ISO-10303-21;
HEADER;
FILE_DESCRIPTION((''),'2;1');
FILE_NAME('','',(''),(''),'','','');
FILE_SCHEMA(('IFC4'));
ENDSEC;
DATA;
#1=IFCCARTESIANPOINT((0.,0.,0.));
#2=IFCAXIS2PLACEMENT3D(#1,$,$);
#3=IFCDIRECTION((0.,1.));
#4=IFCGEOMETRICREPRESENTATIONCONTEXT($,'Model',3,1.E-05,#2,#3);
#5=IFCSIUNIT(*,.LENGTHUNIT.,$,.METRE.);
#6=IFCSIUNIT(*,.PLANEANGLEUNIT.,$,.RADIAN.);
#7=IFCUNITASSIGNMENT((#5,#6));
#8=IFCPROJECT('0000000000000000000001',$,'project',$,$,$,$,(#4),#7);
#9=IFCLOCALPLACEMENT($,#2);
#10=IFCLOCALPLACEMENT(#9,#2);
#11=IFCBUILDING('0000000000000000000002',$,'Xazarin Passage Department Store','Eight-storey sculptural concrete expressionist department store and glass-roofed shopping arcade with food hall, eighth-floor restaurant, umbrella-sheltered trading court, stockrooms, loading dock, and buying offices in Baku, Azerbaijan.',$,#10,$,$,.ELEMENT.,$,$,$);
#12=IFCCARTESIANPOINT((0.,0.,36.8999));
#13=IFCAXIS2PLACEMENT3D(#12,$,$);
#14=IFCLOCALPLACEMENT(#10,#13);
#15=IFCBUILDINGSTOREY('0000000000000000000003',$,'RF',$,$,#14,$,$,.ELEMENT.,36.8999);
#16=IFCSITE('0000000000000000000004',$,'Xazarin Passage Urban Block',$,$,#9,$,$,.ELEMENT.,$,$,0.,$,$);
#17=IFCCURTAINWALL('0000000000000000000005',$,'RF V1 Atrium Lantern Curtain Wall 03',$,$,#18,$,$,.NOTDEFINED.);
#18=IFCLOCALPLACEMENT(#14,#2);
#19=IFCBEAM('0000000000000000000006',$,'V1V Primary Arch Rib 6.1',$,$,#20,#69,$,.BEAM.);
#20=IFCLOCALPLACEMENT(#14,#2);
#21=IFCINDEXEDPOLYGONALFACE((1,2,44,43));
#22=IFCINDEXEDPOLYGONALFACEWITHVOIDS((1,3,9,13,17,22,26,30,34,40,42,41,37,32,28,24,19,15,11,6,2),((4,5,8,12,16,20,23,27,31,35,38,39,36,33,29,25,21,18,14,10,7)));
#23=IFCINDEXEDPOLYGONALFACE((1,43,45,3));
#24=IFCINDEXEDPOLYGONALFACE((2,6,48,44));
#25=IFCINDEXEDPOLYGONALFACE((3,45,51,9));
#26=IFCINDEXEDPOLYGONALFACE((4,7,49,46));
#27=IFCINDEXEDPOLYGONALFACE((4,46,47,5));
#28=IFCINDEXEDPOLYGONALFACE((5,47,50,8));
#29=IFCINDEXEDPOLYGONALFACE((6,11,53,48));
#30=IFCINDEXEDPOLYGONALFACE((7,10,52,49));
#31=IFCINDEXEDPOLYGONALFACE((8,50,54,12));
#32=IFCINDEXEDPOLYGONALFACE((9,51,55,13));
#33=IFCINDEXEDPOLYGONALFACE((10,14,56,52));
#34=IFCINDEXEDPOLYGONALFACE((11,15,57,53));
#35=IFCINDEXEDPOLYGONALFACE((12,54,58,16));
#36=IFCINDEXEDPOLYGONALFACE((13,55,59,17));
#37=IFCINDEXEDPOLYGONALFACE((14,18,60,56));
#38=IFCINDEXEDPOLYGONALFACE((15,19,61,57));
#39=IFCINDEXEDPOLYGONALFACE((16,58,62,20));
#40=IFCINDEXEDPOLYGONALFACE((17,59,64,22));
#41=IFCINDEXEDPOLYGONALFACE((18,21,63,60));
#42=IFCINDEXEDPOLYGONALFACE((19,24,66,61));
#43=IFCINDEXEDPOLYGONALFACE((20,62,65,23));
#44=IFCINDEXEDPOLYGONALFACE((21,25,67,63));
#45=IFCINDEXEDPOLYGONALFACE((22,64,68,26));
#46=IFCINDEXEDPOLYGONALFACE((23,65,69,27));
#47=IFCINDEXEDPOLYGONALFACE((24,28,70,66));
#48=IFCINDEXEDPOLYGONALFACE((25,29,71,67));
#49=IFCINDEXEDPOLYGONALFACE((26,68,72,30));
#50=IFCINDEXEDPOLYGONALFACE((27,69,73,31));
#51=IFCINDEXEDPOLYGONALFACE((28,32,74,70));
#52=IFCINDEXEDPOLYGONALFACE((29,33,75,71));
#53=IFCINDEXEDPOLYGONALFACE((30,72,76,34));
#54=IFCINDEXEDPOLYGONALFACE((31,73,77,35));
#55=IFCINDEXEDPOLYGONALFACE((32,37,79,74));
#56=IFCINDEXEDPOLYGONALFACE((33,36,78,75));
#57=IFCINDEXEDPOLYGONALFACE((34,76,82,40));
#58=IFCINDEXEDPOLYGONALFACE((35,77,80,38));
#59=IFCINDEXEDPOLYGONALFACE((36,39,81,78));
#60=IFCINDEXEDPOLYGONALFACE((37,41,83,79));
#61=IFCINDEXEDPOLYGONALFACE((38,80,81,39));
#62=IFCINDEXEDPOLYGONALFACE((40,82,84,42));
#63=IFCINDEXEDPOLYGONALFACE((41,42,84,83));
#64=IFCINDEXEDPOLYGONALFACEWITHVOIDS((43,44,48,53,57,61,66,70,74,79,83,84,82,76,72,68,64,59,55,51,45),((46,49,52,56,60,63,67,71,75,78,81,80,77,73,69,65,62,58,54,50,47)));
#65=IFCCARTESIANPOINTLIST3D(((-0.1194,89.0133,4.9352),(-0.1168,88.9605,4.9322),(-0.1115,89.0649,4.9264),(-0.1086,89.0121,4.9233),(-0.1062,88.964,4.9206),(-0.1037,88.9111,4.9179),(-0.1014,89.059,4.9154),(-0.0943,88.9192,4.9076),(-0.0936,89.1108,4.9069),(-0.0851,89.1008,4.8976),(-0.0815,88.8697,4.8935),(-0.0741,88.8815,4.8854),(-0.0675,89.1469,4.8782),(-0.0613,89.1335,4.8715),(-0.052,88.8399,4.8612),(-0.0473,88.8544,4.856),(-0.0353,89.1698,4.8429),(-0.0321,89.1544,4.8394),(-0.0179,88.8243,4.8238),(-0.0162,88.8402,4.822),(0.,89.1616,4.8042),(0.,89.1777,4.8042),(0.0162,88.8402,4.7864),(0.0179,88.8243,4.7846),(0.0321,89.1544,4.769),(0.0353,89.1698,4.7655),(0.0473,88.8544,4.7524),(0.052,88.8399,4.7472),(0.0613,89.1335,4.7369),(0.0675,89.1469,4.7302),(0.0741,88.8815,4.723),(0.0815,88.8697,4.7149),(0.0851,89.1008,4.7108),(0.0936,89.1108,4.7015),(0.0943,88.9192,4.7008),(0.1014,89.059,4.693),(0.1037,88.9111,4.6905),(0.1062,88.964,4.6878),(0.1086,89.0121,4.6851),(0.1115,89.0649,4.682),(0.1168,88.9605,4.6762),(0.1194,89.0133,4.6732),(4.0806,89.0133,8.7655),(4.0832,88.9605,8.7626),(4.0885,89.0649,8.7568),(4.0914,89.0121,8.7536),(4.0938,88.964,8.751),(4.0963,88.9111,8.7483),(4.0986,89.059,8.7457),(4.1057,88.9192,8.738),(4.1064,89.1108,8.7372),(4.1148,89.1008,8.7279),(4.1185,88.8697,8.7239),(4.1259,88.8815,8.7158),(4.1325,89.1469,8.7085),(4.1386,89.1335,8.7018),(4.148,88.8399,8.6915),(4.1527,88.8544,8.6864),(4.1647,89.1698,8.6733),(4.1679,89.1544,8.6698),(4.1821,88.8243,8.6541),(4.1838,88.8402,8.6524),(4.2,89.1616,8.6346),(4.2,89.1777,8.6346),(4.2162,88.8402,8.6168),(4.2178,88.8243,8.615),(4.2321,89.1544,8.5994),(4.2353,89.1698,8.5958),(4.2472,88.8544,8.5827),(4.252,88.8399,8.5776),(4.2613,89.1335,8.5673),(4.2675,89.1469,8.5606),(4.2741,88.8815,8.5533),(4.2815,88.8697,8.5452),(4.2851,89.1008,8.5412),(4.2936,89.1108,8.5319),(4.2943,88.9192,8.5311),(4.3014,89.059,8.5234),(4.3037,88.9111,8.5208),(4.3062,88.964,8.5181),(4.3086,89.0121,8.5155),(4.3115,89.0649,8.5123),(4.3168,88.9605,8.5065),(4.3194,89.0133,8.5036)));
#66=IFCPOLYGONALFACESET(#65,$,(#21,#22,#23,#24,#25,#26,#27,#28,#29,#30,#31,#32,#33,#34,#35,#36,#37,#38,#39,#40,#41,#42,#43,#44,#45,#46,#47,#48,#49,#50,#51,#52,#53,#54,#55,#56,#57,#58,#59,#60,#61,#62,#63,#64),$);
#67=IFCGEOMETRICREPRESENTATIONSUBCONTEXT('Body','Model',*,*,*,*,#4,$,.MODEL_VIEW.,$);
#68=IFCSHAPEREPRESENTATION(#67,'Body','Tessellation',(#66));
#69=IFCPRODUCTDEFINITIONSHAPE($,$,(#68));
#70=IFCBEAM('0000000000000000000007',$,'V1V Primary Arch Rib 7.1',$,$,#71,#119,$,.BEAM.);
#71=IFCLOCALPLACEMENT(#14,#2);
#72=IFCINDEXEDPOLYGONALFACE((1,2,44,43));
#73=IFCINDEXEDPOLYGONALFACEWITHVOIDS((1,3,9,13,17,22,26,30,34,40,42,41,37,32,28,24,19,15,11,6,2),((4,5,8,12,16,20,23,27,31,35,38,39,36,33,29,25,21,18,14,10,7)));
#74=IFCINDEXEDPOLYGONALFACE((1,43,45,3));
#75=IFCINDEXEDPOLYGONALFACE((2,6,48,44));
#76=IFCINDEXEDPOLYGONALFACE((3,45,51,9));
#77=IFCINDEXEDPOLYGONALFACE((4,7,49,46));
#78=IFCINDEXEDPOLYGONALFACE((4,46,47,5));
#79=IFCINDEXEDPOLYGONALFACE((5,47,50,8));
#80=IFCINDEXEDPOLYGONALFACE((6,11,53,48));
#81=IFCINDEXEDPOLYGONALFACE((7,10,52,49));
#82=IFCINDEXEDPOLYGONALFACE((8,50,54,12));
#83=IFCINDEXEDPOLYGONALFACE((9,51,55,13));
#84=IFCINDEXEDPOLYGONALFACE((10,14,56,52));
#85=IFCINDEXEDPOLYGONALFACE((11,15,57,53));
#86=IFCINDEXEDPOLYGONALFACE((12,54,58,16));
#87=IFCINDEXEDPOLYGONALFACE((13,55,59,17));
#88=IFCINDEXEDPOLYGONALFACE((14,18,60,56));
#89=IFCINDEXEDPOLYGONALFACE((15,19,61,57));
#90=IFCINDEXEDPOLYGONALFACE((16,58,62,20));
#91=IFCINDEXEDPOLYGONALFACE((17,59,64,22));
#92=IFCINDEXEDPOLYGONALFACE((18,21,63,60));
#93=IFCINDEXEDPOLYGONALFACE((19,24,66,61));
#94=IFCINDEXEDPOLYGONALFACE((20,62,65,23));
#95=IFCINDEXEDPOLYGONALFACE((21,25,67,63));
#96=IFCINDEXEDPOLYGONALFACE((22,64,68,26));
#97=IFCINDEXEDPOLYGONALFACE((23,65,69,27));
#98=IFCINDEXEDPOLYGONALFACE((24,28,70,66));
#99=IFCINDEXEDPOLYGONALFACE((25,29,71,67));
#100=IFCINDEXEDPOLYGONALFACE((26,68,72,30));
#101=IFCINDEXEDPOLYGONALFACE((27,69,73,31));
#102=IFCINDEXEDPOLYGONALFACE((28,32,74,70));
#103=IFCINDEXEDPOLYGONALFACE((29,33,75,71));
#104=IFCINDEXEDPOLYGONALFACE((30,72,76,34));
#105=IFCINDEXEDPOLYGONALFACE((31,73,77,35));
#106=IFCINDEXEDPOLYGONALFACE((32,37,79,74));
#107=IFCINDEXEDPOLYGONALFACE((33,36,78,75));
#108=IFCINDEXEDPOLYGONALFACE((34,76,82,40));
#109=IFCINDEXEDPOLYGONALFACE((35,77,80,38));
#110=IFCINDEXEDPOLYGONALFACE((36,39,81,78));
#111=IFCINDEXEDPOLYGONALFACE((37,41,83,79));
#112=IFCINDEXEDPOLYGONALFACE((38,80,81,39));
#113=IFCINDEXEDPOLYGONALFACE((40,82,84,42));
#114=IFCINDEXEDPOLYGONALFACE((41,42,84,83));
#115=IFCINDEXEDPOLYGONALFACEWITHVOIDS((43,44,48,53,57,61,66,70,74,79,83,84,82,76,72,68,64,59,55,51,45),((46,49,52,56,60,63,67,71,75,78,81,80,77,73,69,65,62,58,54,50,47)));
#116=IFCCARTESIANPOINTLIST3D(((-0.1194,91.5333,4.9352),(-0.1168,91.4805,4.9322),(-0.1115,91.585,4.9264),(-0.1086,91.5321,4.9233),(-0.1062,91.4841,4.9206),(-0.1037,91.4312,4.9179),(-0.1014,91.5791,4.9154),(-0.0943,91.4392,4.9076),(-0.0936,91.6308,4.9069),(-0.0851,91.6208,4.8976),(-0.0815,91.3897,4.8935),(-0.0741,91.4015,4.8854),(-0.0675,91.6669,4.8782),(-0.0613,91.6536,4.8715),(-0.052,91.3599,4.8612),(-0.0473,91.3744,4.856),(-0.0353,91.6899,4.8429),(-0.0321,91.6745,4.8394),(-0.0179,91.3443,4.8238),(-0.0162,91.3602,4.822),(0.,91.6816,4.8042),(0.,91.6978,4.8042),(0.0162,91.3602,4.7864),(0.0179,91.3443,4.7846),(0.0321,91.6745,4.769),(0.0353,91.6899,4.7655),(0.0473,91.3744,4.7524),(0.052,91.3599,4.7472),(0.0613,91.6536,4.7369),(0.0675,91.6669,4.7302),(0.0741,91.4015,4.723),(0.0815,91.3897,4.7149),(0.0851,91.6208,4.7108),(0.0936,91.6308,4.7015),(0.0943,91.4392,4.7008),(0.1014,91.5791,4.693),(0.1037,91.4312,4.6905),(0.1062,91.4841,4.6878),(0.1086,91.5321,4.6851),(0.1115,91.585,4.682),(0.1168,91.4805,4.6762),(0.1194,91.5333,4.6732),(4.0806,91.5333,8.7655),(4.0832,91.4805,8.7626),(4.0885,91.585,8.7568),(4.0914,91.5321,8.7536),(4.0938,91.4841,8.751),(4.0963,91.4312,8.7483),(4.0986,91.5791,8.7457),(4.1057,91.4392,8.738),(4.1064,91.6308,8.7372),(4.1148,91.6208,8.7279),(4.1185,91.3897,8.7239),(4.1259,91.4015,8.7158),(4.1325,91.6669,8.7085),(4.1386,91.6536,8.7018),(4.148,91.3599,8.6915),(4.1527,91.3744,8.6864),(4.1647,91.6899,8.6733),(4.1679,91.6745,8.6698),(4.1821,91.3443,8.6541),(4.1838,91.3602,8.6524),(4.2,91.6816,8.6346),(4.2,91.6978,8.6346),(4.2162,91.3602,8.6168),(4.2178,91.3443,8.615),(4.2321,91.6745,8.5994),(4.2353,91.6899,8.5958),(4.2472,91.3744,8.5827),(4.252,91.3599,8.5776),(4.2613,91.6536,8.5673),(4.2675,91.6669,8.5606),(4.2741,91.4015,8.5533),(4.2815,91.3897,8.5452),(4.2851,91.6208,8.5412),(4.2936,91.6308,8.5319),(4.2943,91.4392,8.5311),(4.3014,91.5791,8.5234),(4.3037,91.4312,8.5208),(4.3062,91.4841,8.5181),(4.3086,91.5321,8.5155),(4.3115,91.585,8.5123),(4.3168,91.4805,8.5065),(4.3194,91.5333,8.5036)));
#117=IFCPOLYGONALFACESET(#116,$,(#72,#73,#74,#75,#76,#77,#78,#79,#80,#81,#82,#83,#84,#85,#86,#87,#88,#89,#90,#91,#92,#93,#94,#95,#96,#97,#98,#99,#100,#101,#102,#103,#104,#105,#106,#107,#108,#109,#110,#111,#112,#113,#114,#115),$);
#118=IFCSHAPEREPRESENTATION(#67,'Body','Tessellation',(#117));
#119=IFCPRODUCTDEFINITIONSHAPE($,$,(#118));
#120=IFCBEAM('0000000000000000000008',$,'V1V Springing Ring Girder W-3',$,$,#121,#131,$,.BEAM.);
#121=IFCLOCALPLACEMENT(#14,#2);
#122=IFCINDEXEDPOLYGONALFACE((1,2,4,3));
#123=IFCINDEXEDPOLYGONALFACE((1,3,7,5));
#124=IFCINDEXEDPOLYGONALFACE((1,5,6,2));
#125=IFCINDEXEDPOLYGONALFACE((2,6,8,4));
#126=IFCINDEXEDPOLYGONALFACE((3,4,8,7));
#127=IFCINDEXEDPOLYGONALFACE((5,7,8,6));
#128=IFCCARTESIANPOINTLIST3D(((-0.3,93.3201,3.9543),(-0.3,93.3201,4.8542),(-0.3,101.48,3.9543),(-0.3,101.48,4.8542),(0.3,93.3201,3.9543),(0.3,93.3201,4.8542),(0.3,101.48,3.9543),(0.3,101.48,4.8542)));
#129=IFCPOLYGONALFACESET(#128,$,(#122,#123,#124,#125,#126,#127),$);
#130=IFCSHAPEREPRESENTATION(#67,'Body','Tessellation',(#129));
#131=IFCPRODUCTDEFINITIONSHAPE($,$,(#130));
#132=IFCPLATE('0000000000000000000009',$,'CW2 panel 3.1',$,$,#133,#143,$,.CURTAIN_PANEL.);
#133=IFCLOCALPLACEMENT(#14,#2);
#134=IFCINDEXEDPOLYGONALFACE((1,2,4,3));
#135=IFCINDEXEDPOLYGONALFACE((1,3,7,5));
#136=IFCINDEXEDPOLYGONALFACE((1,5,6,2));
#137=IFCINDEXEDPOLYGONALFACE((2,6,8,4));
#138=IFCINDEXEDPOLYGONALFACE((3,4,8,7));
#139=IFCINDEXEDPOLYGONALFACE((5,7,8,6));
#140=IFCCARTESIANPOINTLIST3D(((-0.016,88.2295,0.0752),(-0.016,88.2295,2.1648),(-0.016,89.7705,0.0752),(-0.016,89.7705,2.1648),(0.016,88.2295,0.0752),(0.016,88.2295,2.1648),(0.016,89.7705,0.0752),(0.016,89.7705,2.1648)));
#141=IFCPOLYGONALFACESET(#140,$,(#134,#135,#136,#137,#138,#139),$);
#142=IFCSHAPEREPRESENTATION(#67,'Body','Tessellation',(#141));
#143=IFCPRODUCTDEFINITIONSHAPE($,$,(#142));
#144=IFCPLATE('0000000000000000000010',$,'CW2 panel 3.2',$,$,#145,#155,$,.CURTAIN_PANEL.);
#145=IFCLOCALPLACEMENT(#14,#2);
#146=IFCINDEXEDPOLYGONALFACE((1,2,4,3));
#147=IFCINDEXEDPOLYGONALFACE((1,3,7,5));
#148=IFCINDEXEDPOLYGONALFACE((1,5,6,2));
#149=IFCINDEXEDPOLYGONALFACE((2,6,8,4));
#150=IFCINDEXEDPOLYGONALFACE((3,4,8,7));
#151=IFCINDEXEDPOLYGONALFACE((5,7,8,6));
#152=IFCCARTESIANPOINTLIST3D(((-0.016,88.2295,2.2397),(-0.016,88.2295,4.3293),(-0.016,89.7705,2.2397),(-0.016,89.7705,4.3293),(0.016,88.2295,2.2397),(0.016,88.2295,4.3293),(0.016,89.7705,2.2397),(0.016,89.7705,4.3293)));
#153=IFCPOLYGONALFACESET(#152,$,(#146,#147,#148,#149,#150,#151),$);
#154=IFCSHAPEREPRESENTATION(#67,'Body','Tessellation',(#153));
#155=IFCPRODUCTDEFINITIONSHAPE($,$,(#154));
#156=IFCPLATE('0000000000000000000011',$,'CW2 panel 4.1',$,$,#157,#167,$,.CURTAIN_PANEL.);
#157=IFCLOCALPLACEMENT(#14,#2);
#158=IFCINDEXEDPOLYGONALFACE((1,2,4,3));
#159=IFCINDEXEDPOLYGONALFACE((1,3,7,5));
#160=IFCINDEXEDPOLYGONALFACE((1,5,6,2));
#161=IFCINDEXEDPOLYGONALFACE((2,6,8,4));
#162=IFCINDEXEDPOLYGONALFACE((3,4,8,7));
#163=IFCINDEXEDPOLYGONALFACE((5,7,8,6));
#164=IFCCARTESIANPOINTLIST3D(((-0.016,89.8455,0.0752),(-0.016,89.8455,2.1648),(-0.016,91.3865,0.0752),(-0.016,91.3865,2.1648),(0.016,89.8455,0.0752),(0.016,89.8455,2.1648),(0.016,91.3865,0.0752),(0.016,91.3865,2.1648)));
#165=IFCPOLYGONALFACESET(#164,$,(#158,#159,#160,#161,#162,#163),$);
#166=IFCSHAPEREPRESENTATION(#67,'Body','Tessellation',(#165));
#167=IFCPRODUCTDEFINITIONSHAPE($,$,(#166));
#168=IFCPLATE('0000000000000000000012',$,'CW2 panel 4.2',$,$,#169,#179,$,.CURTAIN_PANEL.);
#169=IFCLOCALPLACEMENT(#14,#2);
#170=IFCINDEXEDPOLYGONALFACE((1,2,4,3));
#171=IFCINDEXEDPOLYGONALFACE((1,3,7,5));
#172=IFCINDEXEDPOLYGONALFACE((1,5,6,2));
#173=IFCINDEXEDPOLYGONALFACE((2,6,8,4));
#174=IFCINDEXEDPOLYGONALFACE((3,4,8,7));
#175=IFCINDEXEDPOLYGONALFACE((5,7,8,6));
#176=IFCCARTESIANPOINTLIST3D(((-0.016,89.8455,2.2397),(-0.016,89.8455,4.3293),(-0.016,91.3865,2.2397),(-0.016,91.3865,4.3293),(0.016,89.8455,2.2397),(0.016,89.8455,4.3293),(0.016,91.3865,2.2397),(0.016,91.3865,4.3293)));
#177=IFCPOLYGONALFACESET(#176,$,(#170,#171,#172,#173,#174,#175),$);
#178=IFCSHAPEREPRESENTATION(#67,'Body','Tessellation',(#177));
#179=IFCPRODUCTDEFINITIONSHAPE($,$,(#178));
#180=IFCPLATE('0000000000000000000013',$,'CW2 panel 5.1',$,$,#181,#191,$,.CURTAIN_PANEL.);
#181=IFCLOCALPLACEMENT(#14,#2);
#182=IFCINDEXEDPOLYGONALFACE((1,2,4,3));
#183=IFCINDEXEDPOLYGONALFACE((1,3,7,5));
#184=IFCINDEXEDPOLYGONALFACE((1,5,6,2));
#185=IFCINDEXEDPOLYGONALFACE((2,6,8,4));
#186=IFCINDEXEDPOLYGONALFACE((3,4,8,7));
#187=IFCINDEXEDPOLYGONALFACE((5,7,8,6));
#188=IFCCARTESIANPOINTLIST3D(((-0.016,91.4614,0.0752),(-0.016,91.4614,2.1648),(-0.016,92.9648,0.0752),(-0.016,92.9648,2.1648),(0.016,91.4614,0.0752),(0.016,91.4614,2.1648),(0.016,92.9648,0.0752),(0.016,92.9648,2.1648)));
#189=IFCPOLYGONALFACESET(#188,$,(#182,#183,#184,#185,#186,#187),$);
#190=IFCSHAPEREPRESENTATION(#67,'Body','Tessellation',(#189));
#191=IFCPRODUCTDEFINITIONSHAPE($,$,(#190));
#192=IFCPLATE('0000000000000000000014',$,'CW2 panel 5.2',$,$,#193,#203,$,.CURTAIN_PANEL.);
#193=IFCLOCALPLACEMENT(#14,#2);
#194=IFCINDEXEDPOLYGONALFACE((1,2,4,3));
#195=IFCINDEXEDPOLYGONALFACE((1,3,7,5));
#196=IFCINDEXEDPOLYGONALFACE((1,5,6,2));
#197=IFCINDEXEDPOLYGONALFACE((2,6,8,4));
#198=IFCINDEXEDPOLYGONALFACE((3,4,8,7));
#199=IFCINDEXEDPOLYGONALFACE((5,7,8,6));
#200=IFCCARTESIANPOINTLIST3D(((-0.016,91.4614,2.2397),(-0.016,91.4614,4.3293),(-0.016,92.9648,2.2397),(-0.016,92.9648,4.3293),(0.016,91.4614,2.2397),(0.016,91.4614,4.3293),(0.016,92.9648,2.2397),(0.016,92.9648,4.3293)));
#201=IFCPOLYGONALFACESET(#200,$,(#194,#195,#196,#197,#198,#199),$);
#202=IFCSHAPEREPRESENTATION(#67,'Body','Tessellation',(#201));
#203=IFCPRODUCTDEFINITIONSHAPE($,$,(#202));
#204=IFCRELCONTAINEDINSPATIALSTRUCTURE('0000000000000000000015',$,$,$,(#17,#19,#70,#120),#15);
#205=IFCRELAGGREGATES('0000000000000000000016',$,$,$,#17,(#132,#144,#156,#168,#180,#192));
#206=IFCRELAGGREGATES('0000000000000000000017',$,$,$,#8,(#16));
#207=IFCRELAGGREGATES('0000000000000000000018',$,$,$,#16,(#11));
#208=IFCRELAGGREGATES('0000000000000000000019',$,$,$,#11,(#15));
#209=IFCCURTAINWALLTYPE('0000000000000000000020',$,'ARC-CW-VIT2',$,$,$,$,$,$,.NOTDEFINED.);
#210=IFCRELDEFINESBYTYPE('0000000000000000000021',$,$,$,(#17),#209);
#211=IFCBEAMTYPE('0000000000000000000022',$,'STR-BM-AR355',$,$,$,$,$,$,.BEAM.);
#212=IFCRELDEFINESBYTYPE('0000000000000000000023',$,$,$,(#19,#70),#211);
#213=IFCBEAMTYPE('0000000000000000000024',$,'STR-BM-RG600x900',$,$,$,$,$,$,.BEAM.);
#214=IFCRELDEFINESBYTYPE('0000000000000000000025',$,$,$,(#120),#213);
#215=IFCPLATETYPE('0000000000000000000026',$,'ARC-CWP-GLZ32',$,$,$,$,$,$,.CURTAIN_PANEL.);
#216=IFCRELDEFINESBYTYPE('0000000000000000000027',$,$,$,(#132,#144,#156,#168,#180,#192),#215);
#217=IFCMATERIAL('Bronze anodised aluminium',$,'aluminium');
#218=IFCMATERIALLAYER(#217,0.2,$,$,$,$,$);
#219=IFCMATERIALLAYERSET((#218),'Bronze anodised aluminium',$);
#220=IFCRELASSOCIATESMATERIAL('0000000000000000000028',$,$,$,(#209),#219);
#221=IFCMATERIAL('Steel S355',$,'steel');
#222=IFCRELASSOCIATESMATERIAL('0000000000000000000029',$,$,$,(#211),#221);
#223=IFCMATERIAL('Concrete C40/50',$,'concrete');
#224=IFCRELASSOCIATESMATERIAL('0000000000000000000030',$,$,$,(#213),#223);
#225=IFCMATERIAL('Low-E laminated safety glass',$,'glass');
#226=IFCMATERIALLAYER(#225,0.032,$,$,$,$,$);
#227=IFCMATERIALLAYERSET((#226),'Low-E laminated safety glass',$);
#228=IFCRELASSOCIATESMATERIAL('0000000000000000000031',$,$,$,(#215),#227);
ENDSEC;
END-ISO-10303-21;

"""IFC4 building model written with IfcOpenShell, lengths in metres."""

from ifc_helpers import new_model, si_unit, direction, frame, origin, origin_2d, place, context, subcontext, project, spatial, rectangle, hollow_circle, extrude, material, layer, layer_set, material_profile, profile_set, type_object, element, aggregate, save


model = new_model("IFC4")

# Units and contexts
model_context = context("Model", 3, precision=1e-05, world=origin(), true_north=direction((0.0, 1.0)))
body_context = subcontext(model_context, "Body", "Model", "MODEL_VIEW")
ifc_project = project(units=[si_unit("LENGTHUNIT", "METRE"), si_unit("PLANEANGLEUNIT", "RADIAN")], contexts=[model_context])

# Site, building, storey
site_placement = place(None, origin())
site = spatial("IfcSite", under=ifc_project, at=site_placement, Name="Xazarin Passage Urban Block", CompositionType="ELEMENT", RefElevation=0.0)
building_placement = place(site_placement, origin())
building = spatial("IfcBuilding", under=site, at=building_placement, Name="Xazarin Passage Department Store", Description="Eight-storey sculptural concrete expressionist department store and glass-roofed shopping arcade with food hall, eighth-floor restaurant, umbrella-sheltered trading court, stockrooms, loading dock, and buying offices in Baku, Azerbaijan.", CompositionType="ELEMENT")
storey_placement = place(building_placement, frame((0.0, 0.0, 36.8999)))
storey = spatial("IfcBuildingStorey", under=building, at=storey_placement, Name="RF", CompositionType="ELEMENT", Elevation=36.8999)

# Shared definitions
ifc_material_1 = material(Name="Steel S355", Category="steel")

# Curtain wall
ifc_material_2 = material(Name="Bronze anodised aluminium", Category="aluminium")
ifc_layer_1 = layer(ifc_material_2, 0.2)
ifc_layer_set_1 = layer_set([ifc_layer_1], Name="Bronze anodised aluminium")
curtain_wall_type = type_object("IfcCurtainWallType", Name="ARC-CW-VIT2", PredefinedType="NOTDEFINED", material=ifc_layer_set_1)
curtain_wall_placement = place(storey_placement, origin())
curtain_wall = element("IfcCurtainWall", 1, at=curtain_wall_placement, inside=storey, type_object=curtain_wall_type, Name="RF V1 Atrium Lantern Curtain Wall 03", PredefinedType="NOTDEFINED")

# Beams
ifc_material_profile_1 = material_profile(ifc_material_1, hollow_circle(Radius=0.1777, WallThickness=0.0161, at=origin_2d()), Name="CHS 355.6x16")
ifc_profile_set_1 = profile_set([ifc_material_profile_1], Name="Steel S355")
beam_type_1 = type_object("IfcBeamType", Name="STR-BM-AR355", PredefinedType="BEAM", material=ifc_profile_set_1)
for number, where, z_axis, x_axis, name in (
    (2, (0.0, 89.0, 4.8042), (0.738872, 0.0, 0.673846), (0.0, 1.0, 0.0), "V1V Primary Arch Rib 6.1"),
    (3, (0.0, 91.52, 4.8042), (0.738872, 0.0, 0.673846), (0.0, 1.0, 0.0), "V1V Primary Arch Rib 7.1"),
):
    element("IfcBeam", number, at=place(storey_placement, frame(where, z_axis=z_axis, x_axis=x_axis)), inside=storey, type_object=beam_type_1, Name=name, PredefinedType="BEAM", context=body_context, shape_type="SweptSolid", body=[
        extrude(hollow_circle(Radius=0.1777, WallThickness=0.0161, at=origin_2d()), origin(), (0.0, 0.0, 1.0), 5.6843),
    ])
ifc_material_3 = material(Name="Concrete C40/50", Category="concrete")
ifc_material_profile_2 = material_profile(ifc_material_3, rectangle(XDim=0.6001, YDim=0.8999, at=origin_2d()), Name="RC 600x900")
ifc_profile_set_2 = profile_set([ifc_material_profile_2], Name="Concrete C40/50")
beam_type_2 = type_object("IfcBeamType", Name="STR-BM-RG600x900", PredefinedType="BEAM", material=ifc_profile_set_2)
beam_placement = place(storey_placement, frame((0.0, 93.3201, 4.4043), z_axis=(0.0, 1.0, 0.0), x_axis=(-1.0, 0.0, 0.0)))
element("IfcBeam", 4, at=beam_placement, inside=storey, type_object=beam_type_2, Name="V1V Springing Ring Girder W-3", PredefinedType="BEAM", context=body_context, shape_type="SweptSolid", body=[
    extrude(rectangle(XDim=0.6001, YDim=0.8999, at=origin_2d()), origin(), (0.0, 0.0, 1.0), 8.1599),
])

# Plates
ifc_material_4 = material(Name="Low-E laminated safety glass", Category="glass")
ifc_layer_2 = layer(ifc_material_4, 0.032)
ifc_layer_set_2 = layer_set([ifc_layer_2], Name="Low-E laminated safety glass")
plate_type_1 = type_object("IfcPlateType", Name="ARC-CWP-GLZ32", PredefinedType="CURTAIN_PANEL", material=ifc_layer_set_2)
plate_1_placement = place(storey_placement, frame((0.0, 89.0, 0.0752), z_axis=(0.0, 0.0, 1.0), x_axis=(0.0, 1.0, 0.0)))
plate_1 = element("IfcPlate", 5, at=plate_1_placement, type_object=plate_type_1, Name="CW2 panel 3.1", PredefinedType="CURTAIN_PANEL", context=body_context, shape_type="SweptSolid", body=[
    extrude(rectangle(XDim=1.541, YDim=0.032, at=origin_2d()), origin(), (0.0, 0.0, 1.0), 2.0896),
])
plate_2_placement = place(storey_placement, frame((0.0, 89.0, 2.2397), z_axis=(0.0, 0.0, 1.0), x_axis=(0.0, 1.0, 0.0)))
plate_2 = element("IfcPlate", 6, at=plate_2_placement, type_object=plate_type_1, Name="CW2 panel 3.2", PredefinedType="CURTAIN_PANEL", context=body_context, shape_type="SweptSolid", body=[
    extrude(rectangle(XDim=1.541, YDim=0.032, at=origin_2d()), origin(), (0.0, 0.0, 1.0), 2.0896),
])
plate_3_placement = place(storey_placement, frame((0.0, 90.616, 0.0752), z_axis=(0.0, 0.0, 1.0), x_axis=(0.0, 1.0, 0.0)))
plate_3 = element("IfcPlate", 7, at=plate_3_placement, type_object=plate_type_1, Name="CW2 panel 4.1", PredefinedType="CURTAIN_PANEL", context=body_context, shape_type="SweptSolid", body=[
    extrude(rectangle(XDim=1.541, YDim=0.032, at=origin_2d()), origin(), (0.0, 0.0, 1.0), 2.0896),
])
plate_4_placement = place(storey_placement, frame((0.0, 90.616, 2.2397), z_axis=(0.0, 0.0, 1.0), x_axis=(0.0, 1.0, 0.0)))
plate_4 = element("IfcPlate", 8, at=plate_4_placement, type_object=plate_type_1, Name="CW2 panel 4.2", PredefinedType="CURTAIN_PANEL", context=body_context, shape_type="SweptSolid", body=[
    extrude(rectangle(XDim=1.541, YDim=0.032, at=origin_2d()), origin(), (0.0, 0.0, 1.0), 2.0896),
])
plate_5_placement = place(storey_placement, frame((0.0, 92.2131, 0.0752), z_axis=(0.0, 0.0, 1.0), x_axis=(0.0, 1.0, 0.0)))
plate_5 = element("IfcPlate", 9, at=plate_5_placement, type_object=plate_type_1, Name="CW2 panel 5.1", PredefinedType="CURTAIN_PANEL", context=body_context, shape_type="SweptSolid", body=[
    extrude(rectangle(XDim=1.5034, YDim=0.032, at=origin_2d()), origin(), (0.0, 0.0, 1.0), 2.0896),
])
plate_6_placement = place(storey_placement, frame((0.0, 92.2131, 2.2397), z_axis=(0.0, 0.0, 1.0), x_axis=(0.0, 1.0, 0.0)))
plate_6 = element("IfcPlate", 10, at=plate_6_placement, type_object=plate_type_1, Name="CW2 panel 5.2", PredefinedType="CURTAIN_PANEL", context=body_context, shape_type="SweptSolid", body=[
    extrude(rectangle(XDim=1.5034, YDim=0.032, at=origin_2d()), origin(), (0.0, 0.0, 1.0), 2.0896),
])
aggregate(curtain_wall, [plate_1, plate_2, plate_3, plate_4, plate_5, plate_6])

save(model, "model.ifc")
